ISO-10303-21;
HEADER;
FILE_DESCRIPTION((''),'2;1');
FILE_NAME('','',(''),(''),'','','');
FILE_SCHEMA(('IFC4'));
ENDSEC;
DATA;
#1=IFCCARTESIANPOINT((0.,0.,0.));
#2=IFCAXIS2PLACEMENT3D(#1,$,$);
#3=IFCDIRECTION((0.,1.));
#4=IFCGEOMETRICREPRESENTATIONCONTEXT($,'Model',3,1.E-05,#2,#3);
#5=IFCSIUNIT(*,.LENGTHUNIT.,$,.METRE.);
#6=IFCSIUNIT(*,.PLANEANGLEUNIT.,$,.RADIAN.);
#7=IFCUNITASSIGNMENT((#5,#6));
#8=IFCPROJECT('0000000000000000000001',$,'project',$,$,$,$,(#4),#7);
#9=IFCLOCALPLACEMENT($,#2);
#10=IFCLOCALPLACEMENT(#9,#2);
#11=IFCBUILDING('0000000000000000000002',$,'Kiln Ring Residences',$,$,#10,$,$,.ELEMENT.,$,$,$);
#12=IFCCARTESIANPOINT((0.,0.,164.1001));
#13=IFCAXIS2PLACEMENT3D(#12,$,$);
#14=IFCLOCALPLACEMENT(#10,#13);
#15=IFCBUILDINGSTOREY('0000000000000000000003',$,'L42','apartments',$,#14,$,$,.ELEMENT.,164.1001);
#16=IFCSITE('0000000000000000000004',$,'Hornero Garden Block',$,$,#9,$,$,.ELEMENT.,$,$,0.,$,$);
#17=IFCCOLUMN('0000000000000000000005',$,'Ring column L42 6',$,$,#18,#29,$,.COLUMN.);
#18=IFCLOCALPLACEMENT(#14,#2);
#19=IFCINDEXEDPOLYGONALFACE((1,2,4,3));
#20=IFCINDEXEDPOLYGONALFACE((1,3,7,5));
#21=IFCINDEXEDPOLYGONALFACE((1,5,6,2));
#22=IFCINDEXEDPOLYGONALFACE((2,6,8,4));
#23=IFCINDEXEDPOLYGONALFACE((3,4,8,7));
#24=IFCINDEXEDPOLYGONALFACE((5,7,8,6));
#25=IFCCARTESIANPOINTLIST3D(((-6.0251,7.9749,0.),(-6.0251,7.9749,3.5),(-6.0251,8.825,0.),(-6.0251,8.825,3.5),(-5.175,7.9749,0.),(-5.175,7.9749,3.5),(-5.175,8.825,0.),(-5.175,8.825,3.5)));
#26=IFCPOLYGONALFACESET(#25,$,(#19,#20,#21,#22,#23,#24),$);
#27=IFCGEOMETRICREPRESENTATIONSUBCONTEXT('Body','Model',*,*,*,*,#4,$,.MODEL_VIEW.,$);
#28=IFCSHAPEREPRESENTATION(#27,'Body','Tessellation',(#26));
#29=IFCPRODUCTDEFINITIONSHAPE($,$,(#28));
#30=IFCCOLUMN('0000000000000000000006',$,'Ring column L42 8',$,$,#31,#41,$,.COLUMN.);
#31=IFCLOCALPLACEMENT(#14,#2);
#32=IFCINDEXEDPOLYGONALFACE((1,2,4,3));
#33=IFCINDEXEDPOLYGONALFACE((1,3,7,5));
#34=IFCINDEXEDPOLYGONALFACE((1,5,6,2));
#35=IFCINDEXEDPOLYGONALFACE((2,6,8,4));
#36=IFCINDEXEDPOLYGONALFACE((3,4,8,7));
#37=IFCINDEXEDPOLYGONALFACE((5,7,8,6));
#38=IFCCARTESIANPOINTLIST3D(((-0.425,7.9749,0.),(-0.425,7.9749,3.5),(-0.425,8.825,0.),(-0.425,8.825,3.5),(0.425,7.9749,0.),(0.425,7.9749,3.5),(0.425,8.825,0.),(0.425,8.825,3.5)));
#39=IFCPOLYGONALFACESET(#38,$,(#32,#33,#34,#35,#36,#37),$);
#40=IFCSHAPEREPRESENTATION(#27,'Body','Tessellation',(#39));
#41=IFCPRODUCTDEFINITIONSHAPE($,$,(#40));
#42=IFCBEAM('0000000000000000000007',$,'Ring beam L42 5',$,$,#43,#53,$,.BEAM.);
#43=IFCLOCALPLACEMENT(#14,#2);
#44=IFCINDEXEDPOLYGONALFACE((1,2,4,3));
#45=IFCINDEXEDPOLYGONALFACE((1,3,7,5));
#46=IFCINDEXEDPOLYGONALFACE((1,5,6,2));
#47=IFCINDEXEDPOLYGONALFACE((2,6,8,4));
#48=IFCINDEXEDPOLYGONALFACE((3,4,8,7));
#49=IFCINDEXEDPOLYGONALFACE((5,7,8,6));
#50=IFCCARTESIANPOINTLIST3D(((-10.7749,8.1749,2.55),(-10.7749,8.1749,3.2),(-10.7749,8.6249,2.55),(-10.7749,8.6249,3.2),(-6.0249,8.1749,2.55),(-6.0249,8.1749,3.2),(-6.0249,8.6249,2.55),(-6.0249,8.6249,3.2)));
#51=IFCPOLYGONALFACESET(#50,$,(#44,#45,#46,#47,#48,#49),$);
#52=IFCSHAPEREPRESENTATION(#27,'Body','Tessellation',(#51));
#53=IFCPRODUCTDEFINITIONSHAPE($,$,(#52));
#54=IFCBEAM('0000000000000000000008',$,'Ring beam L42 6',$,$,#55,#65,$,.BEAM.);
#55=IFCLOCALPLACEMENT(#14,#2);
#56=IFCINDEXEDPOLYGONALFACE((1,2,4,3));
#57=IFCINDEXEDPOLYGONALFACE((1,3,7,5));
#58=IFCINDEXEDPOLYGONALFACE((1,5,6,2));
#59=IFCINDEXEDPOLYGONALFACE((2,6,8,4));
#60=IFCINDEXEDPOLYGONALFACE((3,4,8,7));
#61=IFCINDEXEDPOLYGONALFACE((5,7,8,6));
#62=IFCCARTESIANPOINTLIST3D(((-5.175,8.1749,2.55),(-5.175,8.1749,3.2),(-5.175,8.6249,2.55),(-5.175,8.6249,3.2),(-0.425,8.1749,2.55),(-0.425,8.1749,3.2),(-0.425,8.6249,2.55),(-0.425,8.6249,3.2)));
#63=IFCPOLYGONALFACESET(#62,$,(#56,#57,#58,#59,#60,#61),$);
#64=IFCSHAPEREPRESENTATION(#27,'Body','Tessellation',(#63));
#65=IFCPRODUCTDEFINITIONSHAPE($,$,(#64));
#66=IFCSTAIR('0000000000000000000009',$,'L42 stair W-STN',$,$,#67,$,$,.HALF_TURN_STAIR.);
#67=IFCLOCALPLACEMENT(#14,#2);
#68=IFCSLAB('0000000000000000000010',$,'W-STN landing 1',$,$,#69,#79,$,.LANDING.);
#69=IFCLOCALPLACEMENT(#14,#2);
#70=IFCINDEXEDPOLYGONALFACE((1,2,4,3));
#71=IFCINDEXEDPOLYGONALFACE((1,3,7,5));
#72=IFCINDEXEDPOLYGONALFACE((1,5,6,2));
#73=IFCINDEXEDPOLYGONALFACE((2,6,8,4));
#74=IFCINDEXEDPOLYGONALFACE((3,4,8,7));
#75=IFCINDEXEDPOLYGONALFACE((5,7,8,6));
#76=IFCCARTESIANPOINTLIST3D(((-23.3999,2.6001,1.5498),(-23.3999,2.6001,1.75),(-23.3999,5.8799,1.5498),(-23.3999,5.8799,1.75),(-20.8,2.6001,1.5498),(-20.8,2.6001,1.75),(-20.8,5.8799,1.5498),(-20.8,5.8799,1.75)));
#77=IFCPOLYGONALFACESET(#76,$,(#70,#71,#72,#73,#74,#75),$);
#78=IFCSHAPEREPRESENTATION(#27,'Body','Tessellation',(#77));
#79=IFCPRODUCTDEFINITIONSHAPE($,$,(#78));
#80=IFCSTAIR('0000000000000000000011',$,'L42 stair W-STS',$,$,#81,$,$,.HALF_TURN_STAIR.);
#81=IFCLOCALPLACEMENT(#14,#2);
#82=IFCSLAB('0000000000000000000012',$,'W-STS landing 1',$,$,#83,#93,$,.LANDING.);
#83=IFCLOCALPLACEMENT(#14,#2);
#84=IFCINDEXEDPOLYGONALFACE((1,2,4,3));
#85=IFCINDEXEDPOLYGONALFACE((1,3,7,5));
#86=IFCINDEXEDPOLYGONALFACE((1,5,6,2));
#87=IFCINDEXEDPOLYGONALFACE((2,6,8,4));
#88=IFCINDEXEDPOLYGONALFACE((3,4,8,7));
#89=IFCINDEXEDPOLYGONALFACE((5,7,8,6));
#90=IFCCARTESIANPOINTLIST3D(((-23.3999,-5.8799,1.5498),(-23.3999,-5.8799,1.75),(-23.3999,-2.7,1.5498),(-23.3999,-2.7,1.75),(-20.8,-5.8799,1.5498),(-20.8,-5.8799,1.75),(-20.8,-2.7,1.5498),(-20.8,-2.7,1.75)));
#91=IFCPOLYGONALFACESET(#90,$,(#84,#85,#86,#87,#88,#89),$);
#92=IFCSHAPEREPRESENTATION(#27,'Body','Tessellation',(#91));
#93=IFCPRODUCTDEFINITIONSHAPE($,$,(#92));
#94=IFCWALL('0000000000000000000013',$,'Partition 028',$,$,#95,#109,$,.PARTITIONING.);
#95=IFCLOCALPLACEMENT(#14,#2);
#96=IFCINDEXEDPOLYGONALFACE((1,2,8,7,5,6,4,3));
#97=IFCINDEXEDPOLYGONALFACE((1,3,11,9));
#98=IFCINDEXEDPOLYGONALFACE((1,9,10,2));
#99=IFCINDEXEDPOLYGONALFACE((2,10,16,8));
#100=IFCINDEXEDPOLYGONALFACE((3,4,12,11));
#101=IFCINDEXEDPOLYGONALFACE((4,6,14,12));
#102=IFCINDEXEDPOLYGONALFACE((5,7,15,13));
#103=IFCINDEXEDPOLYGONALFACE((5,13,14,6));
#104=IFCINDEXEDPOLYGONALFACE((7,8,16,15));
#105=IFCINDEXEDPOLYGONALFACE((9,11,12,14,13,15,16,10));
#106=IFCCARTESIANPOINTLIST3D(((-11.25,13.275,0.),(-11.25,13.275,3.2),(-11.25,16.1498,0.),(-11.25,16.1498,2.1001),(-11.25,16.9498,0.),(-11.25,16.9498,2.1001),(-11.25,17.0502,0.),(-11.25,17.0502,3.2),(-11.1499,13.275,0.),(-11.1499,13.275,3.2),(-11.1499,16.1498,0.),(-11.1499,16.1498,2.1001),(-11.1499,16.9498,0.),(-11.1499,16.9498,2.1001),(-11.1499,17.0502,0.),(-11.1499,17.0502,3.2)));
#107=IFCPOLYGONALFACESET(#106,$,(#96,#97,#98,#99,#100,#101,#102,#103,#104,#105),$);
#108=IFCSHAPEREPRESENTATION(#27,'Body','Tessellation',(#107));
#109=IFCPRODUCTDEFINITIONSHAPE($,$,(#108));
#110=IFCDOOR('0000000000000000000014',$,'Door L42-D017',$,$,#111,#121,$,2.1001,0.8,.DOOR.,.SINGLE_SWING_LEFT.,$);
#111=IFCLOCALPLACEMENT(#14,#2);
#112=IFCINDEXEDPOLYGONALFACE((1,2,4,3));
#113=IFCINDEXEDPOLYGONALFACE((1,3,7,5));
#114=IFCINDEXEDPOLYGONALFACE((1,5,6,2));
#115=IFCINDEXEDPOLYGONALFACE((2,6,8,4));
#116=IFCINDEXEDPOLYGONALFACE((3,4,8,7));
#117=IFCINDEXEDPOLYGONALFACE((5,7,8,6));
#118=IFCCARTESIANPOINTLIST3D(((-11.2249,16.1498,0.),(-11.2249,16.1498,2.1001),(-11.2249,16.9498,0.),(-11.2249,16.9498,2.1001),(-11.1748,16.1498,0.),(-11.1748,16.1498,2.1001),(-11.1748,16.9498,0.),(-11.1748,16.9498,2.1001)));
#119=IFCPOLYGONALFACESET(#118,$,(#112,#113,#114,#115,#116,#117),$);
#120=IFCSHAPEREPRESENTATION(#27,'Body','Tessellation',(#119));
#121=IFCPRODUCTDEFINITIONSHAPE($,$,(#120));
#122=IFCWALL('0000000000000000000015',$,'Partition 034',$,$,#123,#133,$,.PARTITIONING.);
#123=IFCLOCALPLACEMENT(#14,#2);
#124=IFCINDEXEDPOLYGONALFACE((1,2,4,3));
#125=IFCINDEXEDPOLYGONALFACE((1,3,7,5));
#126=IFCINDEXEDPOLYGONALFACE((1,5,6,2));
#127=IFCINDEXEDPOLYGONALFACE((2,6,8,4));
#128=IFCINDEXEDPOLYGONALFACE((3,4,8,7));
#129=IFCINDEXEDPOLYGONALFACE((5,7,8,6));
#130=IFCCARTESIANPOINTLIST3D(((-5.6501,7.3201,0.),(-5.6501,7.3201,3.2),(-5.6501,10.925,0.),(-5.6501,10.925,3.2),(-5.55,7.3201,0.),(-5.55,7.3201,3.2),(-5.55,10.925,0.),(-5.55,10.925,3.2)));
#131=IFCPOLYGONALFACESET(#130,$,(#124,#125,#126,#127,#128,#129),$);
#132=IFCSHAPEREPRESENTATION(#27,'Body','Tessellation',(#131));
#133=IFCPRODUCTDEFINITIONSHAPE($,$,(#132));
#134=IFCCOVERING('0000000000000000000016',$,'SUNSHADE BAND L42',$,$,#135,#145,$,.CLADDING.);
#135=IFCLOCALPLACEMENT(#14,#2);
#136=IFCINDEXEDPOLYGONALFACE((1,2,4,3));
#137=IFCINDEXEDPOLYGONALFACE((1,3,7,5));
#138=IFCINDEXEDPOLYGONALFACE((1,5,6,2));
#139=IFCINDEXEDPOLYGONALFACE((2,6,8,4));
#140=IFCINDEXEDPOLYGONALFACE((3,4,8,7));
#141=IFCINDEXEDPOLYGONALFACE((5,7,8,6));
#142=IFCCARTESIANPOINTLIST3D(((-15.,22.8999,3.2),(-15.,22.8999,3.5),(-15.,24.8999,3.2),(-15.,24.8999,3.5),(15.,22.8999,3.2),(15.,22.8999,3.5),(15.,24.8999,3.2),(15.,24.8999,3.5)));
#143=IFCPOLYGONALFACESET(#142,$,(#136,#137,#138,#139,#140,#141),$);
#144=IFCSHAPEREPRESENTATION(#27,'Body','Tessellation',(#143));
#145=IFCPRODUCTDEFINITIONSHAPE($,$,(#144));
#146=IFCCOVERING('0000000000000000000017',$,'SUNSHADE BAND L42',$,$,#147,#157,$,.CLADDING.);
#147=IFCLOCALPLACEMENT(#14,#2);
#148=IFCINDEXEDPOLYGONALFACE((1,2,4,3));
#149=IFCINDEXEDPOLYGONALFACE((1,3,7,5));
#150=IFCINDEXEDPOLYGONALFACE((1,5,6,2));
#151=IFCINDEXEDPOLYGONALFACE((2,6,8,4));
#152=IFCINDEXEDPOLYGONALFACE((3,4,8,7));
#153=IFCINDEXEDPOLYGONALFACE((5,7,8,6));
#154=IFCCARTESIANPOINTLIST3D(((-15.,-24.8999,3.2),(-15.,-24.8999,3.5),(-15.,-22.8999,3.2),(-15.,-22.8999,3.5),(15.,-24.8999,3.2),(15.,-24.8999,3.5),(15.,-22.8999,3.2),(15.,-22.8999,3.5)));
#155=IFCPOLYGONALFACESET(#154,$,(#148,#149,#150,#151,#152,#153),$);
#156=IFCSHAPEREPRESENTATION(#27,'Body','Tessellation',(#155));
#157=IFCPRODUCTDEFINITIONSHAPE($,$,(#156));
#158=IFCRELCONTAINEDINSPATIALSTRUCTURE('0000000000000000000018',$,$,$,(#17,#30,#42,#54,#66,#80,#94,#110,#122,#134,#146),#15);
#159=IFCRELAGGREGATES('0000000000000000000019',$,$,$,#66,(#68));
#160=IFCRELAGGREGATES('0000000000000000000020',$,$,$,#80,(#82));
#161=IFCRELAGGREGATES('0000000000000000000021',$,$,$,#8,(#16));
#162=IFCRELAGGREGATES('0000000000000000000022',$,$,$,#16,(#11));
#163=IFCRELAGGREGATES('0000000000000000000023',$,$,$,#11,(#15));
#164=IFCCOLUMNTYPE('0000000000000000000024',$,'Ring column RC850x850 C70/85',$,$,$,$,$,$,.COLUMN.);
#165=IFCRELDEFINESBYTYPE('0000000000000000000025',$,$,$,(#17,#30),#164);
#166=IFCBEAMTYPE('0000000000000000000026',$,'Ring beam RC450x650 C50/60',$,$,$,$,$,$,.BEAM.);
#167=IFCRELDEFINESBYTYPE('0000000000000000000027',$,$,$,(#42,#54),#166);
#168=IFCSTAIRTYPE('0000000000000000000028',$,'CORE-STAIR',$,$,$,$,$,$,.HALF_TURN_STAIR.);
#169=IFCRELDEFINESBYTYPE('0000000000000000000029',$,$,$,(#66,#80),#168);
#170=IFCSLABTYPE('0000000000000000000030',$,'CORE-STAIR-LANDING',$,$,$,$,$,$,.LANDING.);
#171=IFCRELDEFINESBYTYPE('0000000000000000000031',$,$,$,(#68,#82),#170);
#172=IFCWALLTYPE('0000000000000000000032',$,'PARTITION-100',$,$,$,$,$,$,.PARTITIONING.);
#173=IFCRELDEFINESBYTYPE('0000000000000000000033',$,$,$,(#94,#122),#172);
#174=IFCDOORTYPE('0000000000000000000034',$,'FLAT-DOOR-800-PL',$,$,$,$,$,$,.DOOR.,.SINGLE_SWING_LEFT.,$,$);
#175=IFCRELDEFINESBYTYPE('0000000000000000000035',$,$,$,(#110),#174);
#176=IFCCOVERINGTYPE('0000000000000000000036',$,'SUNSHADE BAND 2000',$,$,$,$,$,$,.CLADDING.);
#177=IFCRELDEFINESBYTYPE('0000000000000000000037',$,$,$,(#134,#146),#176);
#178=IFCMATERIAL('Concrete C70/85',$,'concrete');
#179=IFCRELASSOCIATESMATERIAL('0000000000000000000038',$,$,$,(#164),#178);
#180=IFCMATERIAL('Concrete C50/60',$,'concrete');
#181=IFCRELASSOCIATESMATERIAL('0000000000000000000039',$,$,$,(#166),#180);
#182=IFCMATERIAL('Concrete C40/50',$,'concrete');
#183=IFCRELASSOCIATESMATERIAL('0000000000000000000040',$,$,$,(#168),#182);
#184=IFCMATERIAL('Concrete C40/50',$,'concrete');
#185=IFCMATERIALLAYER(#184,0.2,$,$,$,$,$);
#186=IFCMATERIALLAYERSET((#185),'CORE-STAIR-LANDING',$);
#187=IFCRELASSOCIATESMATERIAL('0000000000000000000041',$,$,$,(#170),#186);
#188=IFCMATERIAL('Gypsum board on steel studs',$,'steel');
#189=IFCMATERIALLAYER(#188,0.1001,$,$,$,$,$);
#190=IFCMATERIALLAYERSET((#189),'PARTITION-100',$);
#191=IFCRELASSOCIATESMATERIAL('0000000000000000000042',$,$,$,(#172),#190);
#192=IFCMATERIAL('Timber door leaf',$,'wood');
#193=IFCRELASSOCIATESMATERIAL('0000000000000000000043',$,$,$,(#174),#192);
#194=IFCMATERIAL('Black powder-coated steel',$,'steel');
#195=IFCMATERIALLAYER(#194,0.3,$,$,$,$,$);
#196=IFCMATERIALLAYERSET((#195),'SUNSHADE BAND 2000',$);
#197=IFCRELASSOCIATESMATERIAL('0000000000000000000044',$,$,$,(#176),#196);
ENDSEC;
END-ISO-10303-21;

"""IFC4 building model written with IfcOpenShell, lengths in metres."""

from ifc_helpers import new_model, si_unit, direction, frame, frame_2d, origin, origin_2d, place, context, subcontext, project, spatial, polyline, rectangle, outline, extrude, material, layer, layer_set, material_profile, profile_set, type_object, element, fill, aggregate, save


model = new_model("IFC4")

# Units and contexts
model_context = context("Model", 3, precision=1e-05, world=origin(), true_north=direction((0.0, 1.0)))
body_context = subcontext(model_context, "Body", "Model", "MODEL_VIEW")
ifc_project = project(units=[si_unit("LENGTHUNIT", "METRE"), si_unit("PLANEANGLEUNIT", "RADIAN")], contexts=[model_context])

# Site, building, storey
site_placement = place(None, origin())
site = spatial("IfcSite", under=ifc_project, at=site_placement, Name="Hornero Garden Block", CompositionType="ELEMENT", RefElevation=0.0)
building_placement = place(site_placement, origin())
building = spatial("IfcBuilding", under=site, at=building_placement, Name="Kiln Ring Residences", CompositionType="ELEMENT")
storey_placement = place(building_placement, frame((0.0, 0.0, 164.1001)))
storey = spatial("IfcBuildingStorey", under=building, at=storey_placement, Name="L42", Description="apartments", CompositionType="ELEMENT", Elevation=164.1001)

# Columns
ifc_material_1 = material(Name="Concrete C70/85", Category="concrete")
ifc_material_profile_1 = material_profile(ifc_material_1, rectangle(XDim=0.8501, YDim=0.8501, at=origin_2d()), Name="RC850x850")
ifc_profile_set_1 = profile_set([ifc_material_profile_1], Name="Concrete C70/85")
column_type = type_object("IfcColumnType", Name="Ring column RC850x850 C70/85", PredefinedType="COLUMN", material=ifc_profile_set_1)
for number, where, z_axis, x_axis, name in (
    (1, (-5.6001, 8.3999, 0.0), (0.0, 0.0, 1.0), (1.0, 0.0, 0.0), "Ring column L42 6"),
    (2, (0.0, 8.3999, 0.0), (0.0, 0.0, 1.0), (1.0, 0.0, 0.0), "Ring column L42 8"),
):
    element("IfcColumn", number, at=place(storey_placement, frame(where, z_axis=z_axis, x_axis=x_axis)), inside=storey, type_object=column_type, Name=name, PredefinedType="COLUMN", context=body_context, shape_type="SweptSolid", body=[
        extrude(rectangle(XDim=0.8501, YDim=0.8501, at=origin_2d()), origin(), (0.0, 0.0, 1.0), 3.5),
    ])

# Beams
ifc_material_2 = material(Name="Concrete C50/60", Category="concrete")
ifc_material_profile_2 = material_profile(ifc_material_2, rectangle(XDim=0.45, YDim=0.6499, at=origin_2d()), Name="RC450x650")
ifc_profile_set_2 = profile_set([ifc_material_profile_2], Name="Concrete C50/60")
beam_type = type_object("IfcBeamType", Name="Ring beam RC450x650 C50/60", PredefinedType="BEAM", material=ifc_profile_set_2)
for number, where, z_axis, x_axis, name in (
    (3, (-10.7749, 8.3999, 2.875), (1.0, 0.0, 0.0), (0.0, 1.0, 0.0), "Ring beam L42 5"),
    (4, (-5.175, 8.3999, 2.875), (1.0, 0.0, 0.0), (0.0, 1.0, 0.0), "Ring beam L42 6"),
):
    element("IfcBeam", number, at=place(storey_placement, frame(where, z_axis=z_axis, x_axis=x_axis)), inside=storey, type_object=beam_type, Name=name, PredefinedType="BEAM", context=body_context, shape_type="SweptSolid", body=[
        extrude(rectangle(XDim=0.45, YDim=0.6499, at=origin_2d()), origin(), (0.0, 0.0, 1.0), 4.75),
    ])

# Stairs, slabs
ifc_material_3 = material(Name="Concrete C40/50", Category="concrete")
stair_type = type_object("IfcStairType", Name="CORE-STAIR", PredefinedType="HALF_TURN_STAIR", material=ifc_material_3)
placement_1 = place(storey_placement, origin())
stair_1 = element("IfcStair", 5, at=placement_1, inside=storey, type_object=stair_type, Name="L42 stair W-STN", PredefinedType="HALF_TURN_STAIR")
ifc_material_4 = material(Name="Concrete C40/50", Category="concrete")
ifc_layer_1 = layer(ifc_material_4, 0.2)
ifc_layer_set_1 = layer_set([ifc_layer_1], Name="CORE-STAIR-LANDING")
slab_type = type_object("IfcSlabType", Name="CORE-STAIR-LANDING", PredefinedType="LANDING", material=ifc_layer_set_1)
placement_2 = place(storey_placement, frame((0.0, 0.0, 1.5498)))
slab_1 = element("IfcSlab", 6, at=placement_2, type_object=slab_type, Name="W-STN landing 1", PredefinedType="LANDING", context=body_context, shape_type="SweptSolid", body=[
    extrude(outline(polyline([(-23.3999, 5.8799), (-23.3999, 2.6001), (-20.8, 2.6001), (-20.8, 5.8799), (-23.3999, 5.8799)])), origin(), (0.0, 0.0, 1.0), 0.2002),
])
aggregate(stair_1, [slab_1])
stair_2 = element("IfcStair", 7, at=placement_1, inside=storey, type_object=stair_type, Name="L42 stair W-STS", PredefinedType="HALF_TURN_STAIR")
slab_2 = element("IfcSlab", 8, at=placement_2, type_object=slab_type, Name="W-STS landing 1", PredefinedType="LANDING", context=body_context, shape_type="SweptSolid", body=[
    extrude(outline(polyline([(-20.8, -5.8799), (-20.8, -2.7), (-23.3999, -2.7), (-23.3999, -5.8799), (-20.8, -5.8799)])), origin(), (0.0, 0.0, 1.0), 0.2002),
])
aggregate(stair_2, [slab_2])

# Wall, opening, door
ifc_material_5 = material(Name="Gypsum board on steel studs", Category="steel")
ifc_layer_2 = layer(ifc_material_5, 0.1001)
ifc_layer_set_2 = layer_set([ifc_layer_2], Name="PARTITION-100")
wall_type = type_object("IfcWallType", Name="PARTITION-100", PredefinedType="PARTITIONING", material=ifc_layer_set_2)
wall_1_placement = place(storey_placement, frame((-11.2, 13.2749, 0.0), z_axis=(0.0, 0.0, 1.0), x_axis=(0.0, 1.0, 0.0)))
wall_1 = element("IfcWall", 9, at=wall_1_placement, inside=storey, type_object=wall_type, Name="Partition 028", PredefinedType="PARTITIONING", context=body_context, shape_type="SweptSolid", body=[
    extrude(rectangle(XDim=3.7751, YDim=0.1001, at=frame_2d((1.8877, 0.0))), origin(), (0.0, 0.0, 1.0), 3.2),
])
opening_placement = place(wall_1_placement, frame((2.875, 0.0, 0.0)))
opening = element("IfcOpeningElement", 10, at=opening_placement, cuts=wall_1, PredefinedType="OPENING", context=body_context, shape_type="SweptSolid", body=[
    extrude(rectangle(XDim=0.8, YDim=2.1001, at=frame_2d((0.3999, 1.05))), frame((0.0, 0.0601, 0.0), z_axis=(0.0, -1.0, 0.0), x_axis=(1.0, 0.0, 0.0)), (0.0, 0.0, 1.0), 0.1201),
])
ifc_material_6 = material(Name="Timber door leaf", Category="wood")
door_type = type_object("IfcDoorType", Name="FLAT-DOOR-800-PL", OperationType="SINGLE_SWING_LEFT", PredefinedType="DOOR", material=ifc_material_6)
door_placement = place(opening_placement, origin())
door = element("IfcDoor", 11, at=door_placement, inside=storey, type_object=door_type, Name="Door L42-D017", OperationType="SINGLE_SWING_LEFT", OverallHeight=2.1001, OverallWidth=0.8, PredefinedType="DOOR", context=body_context, shape_type="SweptSolid", body=[
    extrude(rectangle(XDim=0.8, YDim=2.1001, at=frame_2d((0.3999, 1.05))), frame((0.0, 0.0249, 0.0), z_axis=(0.0, -1.0, 0.0), x_axis=(1.0, 0.0, 0.0)), (0.0, 0.0, 1.0), 0.05),
])
fill(opening, door)

# Wall
wall_2_placement = place(storey_placement, frame((-5.6001, 7.3201, 0.0), z_axis=(0.0, 0.0, 1.0), x_axis=(0.0, 1.0, 0.0)))
element("IfcWall", 12, at=wall_2_placement, inside=storey, type_object=wall_type, Name="Partition 034", PredefinedType="PARTITIONING", context=body_context, shape_type="SweptSolid", body=[
    extrude(rectangle(XDim=3.605, YDim=0.1001, at=frame_2d((1.8025, 0.0))), origin(), (0.0, 0.0, 1.0), 3.2),
])

# Coverings
ifc_material_7 = material(Name="Black powder-coated steel", Category="steel")
ifc_layer_3 = layer(ifc_material_7, 0.3)
ifc_layer_set_3 = layer_set([ifc_layer_3], Name="SUNSHADE BAND 2000")
covering_type_1 = type_object("IfcCoveringType", Name="SUNSHADE BAND 2000", PredefinedType="CLADDING", material=ifc_layer_set_3)
placement_3 = place(storey_placement, frame((0.0, 0.0, 3.2)))
element("IfcCovering", 13, at=placement_3, inside=storey, type_object=covering_type_1, Name="SUNSHADE BAND L42", PredefinedType="CLADDING", context=body_context, shape_type="SweptSolid", body=[
    extrude(outline(polyline([(15.0, 24.8999), (-15.0, 24.8999), (-15.0, 22.8999), (15.0, 22.8999), (15.0, 24.8999)])), origin(), (0.0, 0.0, 1.0), 0.3),
])
element("IfcCovering", 14, at=placement_3, inside=storey, type_object=covering_type_1, Name="SUNSHADE BAND L42", PredefinedType="CLADDING", context=body_context, shape_type="SweptSolid", body=[
    extrude(outline(polyline([(-15.0, -24.8999), (15.0, -24.8999), (15.0, -22.8999), (-15.0, -22.8999), (-15.0, -24.8999)])), origin(), (0.0, 0.0, 1.0), 0.3),
])

save(model, "model.ifc")
